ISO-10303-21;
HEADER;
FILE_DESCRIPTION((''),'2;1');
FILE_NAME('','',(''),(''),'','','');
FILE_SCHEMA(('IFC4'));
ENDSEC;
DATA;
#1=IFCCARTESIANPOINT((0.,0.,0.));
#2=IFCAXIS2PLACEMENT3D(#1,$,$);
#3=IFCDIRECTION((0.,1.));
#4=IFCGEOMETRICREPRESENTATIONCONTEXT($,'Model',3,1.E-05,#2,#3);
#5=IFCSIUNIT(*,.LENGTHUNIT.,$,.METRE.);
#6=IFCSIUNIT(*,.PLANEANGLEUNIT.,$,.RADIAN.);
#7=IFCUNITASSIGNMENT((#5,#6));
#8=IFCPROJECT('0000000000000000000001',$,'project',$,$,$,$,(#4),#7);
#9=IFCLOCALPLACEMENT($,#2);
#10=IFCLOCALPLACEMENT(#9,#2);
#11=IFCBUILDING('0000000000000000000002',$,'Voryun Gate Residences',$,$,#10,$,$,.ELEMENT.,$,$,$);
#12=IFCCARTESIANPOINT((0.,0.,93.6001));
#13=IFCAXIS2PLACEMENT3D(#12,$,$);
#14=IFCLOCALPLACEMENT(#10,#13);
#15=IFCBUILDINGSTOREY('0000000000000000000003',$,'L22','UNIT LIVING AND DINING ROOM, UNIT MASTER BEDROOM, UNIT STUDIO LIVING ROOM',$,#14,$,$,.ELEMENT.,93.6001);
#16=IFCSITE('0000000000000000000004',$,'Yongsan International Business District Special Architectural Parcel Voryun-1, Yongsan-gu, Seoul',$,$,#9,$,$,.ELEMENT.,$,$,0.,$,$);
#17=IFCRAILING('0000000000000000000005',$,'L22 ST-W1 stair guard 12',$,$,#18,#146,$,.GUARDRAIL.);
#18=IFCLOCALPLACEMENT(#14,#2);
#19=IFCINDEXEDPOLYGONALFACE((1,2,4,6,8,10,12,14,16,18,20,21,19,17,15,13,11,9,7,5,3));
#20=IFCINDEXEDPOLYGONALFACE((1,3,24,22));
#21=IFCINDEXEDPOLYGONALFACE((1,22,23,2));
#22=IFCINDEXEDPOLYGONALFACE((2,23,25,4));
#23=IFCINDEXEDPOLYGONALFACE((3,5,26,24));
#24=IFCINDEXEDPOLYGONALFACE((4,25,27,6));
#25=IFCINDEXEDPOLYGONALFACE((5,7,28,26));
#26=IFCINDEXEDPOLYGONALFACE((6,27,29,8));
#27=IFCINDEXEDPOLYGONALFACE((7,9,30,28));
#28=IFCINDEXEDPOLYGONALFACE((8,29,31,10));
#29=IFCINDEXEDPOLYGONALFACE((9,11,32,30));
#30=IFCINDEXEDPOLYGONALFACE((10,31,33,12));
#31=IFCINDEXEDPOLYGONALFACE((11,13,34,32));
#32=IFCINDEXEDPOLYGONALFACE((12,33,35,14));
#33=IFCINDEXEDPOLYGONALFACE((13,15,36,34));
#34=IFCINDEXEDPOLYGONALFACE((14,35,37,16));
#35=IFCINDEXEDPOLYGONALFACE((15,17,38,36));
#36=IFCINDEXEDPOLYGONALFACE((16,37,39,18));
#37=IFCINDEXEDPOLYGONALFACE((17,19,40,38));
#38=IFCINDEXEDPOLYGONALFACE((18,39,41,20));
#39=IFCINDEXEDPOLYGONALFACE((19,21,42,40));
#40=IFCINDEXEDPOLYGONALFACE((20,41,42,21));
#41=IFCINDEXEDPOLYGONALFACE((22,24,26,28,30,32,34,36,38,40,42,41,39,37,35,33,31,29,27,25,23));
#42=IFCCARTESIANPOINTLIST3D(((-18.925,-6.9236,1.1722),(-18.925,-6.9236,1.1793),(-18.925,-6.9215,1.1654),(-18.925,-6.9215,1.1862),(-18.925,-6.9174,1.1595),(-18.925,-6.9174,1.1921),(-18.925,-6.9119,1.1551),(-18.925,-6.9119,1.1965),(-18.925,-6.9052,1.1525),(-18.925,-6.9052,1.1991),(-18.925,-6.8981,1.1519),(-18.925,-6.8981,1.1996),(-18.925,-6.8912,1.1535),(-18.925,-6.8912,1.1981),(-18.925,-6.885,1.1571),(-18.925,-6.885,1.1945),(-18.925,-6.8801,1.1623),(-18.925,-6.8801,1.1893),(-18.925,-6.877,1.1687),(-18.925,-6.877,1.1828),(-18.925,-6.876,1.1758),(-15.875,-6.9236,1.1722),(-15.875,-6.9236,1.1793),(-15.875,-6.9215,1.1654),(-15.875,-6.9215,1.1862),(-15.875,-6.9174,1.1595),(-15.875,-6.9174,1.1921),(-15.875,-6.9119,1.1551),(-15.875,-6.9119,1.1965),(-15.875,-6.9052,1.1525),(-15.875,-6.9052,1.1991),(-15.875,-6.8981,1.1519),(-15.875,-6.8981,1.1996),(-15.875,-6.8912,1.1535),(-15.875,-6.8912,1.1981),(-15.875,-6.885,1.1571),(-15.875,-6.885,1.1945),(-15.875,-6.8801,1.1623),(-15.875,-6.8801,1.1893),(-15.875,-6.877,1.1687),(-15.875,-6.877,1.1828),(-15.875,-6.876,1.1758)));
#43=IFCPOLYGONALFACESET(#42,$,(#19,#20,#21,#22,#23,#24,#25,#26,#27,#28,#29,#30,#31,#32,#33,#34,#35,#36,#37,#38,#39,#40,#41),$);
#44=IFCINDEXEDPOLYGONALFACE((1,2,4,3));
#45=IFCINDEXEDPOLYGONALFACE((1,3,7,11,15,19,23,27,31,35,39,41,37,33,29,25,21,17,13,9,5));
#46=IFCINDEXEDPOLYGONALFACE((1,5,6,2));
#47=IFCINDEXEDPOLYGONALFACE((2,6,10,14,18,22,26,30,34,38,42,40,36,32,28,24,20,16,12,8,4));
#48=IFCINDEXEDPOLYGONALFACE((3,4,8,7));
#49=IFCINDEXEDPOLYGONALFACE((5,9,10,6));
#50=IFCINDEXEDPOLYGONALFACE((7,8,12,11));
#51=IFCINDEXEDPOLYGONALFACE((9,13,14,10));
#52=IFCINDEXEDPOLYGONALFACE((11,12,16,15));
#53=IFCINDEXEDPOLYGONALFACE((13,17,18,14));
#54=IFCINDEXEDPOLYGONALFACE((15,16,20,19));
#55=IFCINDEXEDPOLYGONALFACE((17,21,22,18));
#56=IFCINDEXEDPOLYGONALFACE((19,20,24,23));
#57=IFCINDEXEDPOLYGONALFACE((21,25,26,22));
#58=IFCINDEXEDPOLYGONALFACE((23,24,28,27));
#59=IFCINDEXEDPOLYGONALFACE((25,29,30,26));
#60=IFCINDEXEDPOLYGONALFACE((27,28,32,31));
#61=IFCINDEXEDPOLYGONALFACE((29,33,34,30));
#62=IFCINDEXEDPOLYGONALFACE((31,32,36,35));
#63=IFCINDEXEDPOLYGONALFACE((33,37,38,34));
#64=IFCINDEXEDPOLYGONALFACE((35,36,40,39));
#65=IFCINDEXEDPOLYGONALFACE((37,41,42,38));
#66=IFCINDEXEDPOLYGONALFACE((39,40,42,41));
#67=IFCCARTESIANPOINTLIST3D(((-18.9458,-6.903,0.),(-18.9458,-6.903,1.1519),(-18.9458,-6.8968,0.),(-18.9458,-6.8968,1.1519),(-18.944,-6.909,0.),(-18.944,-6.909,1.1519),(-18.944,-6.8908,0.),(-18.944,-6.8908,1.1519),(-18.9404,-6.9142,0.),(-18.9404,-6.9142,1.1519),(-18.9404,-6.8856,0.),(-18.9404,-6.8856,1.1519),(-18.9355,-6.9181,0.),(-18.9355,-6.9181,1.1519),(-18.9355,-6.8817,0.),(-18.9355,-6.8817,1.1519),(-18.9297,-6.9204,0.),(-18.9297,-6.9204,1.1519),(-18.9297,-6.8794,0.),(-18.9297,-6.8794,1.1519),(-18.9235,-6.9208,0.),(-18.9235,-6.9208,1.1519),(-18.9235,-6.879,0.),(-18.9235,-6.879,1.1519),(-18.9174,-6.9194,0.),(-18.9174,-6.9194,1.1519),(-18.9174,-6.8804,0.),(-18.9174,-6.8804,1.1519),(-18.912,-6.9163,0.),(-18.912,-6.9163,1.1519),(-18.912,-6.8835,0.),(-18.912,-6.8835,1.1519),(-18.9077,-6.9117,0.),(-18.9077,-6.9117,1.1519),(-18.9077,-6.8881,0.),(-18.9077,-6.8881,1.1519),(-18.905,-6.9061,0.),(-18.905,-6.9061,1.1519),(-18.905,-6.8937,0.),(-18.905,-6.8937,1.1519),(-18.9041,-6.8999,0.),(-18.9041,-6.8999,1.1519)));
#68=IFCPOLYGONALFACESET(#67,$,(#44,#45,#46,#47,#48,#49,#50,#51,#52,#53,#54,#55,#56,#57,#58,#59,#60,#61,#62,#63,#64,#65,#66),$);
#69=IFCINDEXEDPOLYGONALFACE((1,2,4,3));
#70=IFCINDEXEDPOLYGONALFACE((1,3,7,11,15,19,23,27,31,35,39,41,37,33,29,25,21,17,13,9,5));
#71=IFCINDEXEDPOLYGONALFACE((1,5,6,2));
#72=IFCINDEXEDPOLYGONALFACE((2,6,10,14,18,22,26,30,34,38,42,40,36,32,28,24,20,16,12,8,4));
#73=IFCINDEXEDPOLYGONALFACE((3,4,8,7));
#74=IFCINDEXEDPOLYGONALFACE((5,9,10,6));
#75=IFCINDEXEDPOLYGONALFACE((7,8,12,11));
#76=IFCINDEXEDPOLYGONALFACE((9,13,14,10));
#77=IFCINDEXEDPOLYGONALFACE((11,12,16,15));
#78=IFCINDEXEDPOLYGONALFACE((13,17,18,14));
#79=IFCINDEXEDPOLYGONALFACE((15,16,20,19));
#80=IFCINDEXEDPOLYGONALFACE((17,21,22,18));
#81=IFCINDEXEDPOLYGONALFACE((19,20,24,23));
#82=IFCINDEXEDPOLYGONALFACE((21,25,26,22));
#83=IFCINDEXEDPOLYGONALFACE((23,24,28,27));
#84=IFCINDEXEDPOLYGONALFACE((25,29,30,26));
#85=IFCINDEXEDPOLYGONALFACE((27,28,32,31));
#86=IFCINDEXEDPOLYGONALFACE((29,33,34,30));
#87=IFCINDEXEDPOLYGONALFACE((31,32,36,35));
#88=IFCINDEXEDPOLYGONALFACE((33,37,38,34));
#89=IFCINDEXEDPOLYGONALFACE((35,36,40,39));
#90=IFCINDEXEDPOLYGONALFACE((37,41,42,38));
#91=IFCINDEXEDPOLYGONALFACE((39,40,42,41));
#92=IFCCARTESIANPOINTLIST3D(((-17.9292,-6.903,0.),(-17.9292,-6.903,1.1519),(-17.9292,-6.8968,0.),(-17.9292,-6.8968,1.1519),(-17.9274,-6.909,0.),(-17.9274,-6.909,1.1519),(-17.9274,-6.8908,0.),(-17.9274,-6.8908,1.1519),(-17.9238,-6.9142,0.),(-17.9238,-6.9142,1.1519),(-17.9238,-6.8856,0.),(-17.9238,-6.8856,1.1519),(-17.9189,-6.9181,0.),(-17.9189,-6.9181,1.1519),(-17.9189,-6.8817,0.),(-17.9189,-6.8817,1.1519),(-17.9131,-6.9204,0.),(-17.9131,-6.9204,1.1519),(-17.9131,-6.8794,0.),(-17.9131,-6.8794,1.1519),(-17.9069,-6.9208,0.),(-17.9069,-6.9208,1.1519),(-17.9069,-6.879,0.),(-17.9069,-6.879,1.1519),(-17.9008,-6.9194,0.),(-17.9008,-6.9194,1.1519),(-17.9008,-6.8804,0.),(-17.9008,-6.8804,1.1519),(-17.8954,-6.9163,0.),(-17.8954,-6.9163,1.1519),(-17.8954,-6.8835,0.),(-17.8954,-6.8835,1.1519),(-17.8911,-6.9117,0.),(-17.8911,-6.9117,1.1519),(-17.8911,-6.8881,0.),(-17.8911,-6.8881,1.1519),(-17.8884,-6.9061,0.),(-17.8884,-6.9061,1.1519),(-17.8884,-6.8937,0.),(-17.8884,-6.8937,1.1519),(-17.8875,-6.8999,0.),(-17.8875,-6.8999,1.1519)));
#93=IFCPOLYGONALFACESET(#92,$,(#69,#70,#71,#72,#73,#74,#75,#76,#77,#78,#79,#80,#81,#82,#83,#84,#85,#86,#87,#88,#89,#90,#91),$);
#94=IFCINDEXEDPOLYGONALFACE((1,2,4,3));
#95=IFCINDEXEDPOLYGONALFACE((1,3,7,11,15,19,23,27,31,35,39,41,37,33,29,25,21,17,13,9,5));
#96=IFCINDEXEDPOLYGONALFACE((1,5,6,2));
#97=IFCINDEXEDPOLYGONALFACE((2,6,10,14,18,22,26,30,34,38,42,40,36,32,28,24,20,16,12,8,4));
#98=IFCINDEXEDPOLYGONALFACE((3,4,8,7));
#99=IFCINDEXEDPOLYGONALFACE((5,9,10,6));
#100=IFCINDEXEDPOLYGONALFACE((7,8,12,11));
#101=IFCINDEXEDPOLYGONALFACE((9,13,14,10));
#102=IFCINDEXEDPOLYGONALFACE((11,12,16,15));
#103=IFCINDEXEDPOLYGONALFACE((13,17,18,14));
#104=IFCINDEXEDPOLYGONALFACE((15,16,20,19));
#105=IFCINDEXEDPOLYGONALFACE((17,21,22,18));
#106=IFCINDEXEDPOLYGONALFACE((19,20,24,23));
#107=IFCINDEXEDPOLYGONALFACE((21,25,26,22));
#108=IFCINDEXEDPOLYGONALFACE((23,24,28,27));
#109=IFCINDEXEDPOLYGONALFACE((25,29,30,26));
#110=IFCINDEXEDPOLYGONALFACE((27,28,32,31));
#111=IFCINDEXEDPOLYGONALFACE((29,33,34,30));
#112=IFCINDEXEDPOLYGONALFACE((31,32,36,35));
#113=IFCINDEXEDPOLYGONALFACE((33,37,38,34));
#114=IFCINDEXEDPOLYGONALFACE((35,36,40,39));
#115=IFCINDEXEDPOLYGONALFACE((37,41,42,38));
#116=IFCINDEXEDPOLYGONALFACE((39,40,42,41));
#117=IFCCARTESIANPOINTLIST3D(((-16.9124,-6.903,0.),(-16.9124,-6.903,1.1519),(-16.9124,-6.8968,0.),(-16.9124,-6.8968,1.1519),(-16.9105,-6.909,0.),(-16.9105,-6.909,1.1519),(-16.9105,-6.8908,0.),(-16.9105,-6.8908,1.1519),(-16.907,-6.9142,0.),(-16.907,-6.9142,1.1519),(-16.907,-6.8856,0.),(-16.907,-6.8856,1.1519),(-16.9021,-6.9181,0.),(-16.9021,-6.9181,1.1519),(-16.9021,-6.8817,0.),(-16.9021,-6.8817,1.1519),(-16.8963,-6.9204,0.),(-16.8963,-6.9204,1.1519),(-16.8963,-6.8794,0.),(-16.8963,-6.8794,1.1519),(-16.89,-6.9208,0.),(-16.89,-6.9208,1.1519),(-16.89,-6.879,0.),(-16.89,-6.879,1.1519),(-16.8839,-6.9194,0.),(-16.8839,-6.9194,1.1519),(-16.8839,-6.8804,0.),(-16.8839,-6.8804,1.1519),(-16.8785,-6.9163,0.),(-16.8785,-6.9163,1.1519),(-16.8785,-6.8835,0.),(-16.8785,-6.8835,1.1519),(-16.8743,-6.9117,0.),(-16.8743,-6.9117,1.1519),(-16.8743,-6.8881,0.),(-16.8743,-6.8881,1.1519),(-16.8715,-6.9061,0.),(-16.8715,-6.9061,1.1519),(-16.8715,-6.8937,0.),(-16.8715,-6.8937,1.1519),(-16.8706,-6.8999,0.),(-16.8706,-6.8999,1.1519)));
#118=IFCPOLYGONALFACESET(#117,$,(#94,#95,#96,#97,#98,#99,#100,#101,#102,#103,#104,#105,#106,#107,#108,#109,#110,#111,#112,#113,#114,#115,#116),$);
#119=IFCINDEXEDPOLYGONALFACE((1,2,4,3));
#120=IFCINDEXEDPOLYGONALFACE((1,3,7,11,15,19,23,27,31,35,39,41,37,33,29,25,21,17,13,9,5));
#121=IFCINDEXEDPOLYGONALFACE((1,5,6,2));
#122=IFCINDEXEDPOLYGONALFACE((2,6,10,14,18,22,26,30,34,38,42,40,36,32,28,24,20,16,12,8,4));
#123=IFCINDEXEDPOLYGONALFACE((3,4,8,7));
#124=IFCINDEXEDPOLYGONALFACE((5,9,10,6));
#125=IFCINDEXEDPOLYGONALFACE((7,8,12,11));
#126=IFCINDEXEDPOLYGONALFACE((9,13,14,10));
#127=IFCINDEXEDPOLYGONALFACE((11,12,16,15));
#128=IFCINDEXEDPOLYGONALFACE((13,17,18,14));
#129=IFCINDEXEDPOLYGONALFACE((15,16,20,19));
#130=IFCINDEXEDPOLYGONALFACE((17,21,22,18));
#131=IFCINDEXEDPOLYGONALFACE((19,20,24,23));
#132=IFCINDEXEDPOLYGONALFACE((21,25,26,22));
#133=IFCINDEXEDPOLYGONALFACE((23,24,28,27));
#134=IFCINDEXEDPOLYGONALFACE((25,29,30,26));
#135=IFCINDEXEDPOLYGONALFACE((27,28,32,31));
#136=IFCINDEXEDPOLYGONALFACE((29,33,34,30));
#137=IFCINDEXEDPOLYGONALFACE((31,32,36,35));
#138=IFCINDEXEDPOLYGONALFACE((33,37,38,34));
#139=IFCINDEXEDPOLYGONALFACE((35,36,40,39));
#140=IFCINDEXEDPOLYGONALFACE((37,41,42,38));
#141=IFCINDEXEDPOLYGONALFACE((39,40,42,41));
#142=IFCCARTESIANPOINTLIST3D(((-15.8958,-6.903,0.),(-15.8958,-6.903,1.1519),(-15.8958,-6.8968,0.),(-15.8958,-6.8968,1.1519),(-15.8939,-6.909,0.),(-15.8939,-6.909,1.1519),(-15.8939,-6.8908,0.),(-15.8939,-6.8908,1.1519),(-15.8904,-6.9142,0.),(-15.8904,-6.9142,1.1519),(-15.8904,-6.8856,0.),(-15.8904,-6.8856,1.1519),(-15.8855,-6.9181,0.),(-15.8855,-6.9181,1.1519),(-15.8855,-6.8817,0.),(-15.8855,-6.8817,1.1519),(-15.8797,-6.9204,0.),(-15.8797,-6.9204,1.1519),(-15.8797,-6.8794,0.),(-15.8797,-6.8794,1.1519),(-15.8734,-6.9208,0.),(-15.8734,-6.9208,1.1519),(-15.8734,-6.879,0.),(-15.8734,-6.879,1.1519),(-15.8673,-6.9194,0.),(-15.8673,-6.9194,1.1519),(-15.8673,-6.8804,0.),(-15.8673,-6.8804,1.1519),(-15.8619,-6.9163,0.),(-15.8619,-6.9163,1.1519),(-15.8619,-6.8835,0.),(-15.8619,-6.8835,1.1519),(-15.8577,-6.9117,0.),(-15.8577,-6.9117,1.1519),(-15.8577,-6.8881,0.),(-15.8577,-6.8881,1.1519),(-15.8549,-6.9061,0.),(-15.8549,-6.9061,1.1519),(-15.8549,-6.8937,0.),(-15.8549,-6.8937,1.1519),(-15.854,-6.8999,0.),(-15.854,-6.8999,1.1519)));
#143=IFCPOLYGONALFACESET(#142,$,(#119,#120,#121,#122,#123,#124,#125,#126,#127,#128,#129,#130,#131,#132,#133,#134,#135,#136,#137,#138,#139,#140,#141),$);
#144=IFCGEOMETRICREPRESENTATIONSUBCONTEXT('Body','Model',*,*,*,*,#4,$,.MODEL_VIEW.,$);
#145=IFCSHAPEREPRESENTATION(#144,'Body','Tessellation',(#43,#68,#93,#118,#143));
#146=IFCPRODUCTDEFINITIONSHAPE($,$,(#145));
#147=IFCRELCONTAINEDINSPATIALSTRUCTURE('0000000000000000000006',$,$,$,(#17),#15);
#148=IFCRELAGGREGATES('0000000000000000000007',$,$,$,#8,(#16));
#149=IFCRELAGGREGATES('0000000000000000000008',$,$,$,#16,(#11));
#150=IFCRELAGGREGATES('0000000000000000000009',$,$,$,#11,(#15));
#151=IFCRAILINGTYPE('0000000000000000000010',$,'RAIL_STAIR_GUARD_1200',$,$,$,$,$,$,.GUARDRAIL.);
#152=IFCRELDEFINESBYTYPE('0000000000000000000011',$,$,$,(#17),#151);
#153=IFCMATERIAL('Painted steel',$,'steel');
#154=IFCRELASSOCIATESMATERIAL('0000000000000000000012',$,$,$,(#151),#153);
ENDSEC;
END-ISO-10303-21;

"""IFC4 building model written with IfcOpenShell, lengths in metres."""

from ifc_helpers import new_model, si_unit, direction, frame, origin, origin_2d, place, context, subcontext, project, spatial, circle, extrude, material, type_object, element, save


model = new_model("IFC4")

# Units and contexts
model_context = context("Model", 3, precision=1e-05, world=origin(), true_north=direction((0.0, 1.0)))
body_context = subcontext(model_context, "Body", "Model", "MODEL_VIEW")
ifc_project = project(units=[si_unit("LENGTHUNIT", "METRE"), si_unit("PLANEANGLEUNIT", "RADIAN")], contexts=[model_context])

# Site, building, storey
site_placement = place(None, origin())
site = spatial("IfcSite", under=ifc_project, at=site_placement, Name="Yongsan International Business District Special Architectural Parcel Voryun-1, Yongsan-gu, Seoul", CompositionType="ELEMENT", RefElevation=0.0)
building_placement = place(site_placement, origin())
building = spatial("IfcBuilding", under=site, at=building_placement, Name="Voryun Gate Residences", CompositionType="ELEMENT")
storey_placement = place(building_placement, frame((0.0, 0.0, 93.6001)))
storey = spatial("IfcBuildingStorey", under=building, at=storey_placement, Name="L22", Description="UNIT LIVING AND DINING ROOM, UNIT MASTER BEDROOM, UNIT STUDIO LIVING ROOM", CompositionType="ELEMENT", Elevation=93.6001)

# Railing
ifc_material_1 = material(Name="Painted steel", Category="steel")
railing_type_1 = type_object("IfcRailingType", Name="RAIL_STAIR_GUARD_1200", PredefinedType="GUARDRAIL", material=ifc_material_1)
railing_1_placement = place(storey_placement, frame((-18.925, -6.8999, 0.0)))
element("IfcRailing", 1, at=railing_1_placement, inside=storey, type_object=railing_type_1, Name="L22 ST-W1 stair guard 12", PredefinedType="GUARDRAIL", context=body_context, shape_type="SweptSolid", body=[
    extrude(circle(Radius=0.0239, at=origin_2d()), frame((0.0, 0.0, 1.1758), z_axis=(1.0, 0.0, 0.0), x_axis=(0.0, 1.0, 0.0)), (0.0, 0.0, 1.0), 3.05),
    extrude(circle(Radius=0.021, at=origin_2d()), origin(), (0.0, 0.0, 1.0), 1.1519),
    extrude(circle(Radius=0.021, at=origin_2d()), frame((1.0166, 0.0, 0.0)), (0.0, 0.0, 1.0), 1.1519),
    extrude(circle(Radius=0.021, at=origin_2d()), frame((2.0334, 0.0, 0.0)), (0.0, 0.0, 1.0), 1.1519),
    extrude(circle(Radius=0.021, at=origin_2d()), frame((3.05, 0.0, 0.0)), (0.0, 0.0, 1.0), 1.1519),
])

save(model, "model.ifc")
